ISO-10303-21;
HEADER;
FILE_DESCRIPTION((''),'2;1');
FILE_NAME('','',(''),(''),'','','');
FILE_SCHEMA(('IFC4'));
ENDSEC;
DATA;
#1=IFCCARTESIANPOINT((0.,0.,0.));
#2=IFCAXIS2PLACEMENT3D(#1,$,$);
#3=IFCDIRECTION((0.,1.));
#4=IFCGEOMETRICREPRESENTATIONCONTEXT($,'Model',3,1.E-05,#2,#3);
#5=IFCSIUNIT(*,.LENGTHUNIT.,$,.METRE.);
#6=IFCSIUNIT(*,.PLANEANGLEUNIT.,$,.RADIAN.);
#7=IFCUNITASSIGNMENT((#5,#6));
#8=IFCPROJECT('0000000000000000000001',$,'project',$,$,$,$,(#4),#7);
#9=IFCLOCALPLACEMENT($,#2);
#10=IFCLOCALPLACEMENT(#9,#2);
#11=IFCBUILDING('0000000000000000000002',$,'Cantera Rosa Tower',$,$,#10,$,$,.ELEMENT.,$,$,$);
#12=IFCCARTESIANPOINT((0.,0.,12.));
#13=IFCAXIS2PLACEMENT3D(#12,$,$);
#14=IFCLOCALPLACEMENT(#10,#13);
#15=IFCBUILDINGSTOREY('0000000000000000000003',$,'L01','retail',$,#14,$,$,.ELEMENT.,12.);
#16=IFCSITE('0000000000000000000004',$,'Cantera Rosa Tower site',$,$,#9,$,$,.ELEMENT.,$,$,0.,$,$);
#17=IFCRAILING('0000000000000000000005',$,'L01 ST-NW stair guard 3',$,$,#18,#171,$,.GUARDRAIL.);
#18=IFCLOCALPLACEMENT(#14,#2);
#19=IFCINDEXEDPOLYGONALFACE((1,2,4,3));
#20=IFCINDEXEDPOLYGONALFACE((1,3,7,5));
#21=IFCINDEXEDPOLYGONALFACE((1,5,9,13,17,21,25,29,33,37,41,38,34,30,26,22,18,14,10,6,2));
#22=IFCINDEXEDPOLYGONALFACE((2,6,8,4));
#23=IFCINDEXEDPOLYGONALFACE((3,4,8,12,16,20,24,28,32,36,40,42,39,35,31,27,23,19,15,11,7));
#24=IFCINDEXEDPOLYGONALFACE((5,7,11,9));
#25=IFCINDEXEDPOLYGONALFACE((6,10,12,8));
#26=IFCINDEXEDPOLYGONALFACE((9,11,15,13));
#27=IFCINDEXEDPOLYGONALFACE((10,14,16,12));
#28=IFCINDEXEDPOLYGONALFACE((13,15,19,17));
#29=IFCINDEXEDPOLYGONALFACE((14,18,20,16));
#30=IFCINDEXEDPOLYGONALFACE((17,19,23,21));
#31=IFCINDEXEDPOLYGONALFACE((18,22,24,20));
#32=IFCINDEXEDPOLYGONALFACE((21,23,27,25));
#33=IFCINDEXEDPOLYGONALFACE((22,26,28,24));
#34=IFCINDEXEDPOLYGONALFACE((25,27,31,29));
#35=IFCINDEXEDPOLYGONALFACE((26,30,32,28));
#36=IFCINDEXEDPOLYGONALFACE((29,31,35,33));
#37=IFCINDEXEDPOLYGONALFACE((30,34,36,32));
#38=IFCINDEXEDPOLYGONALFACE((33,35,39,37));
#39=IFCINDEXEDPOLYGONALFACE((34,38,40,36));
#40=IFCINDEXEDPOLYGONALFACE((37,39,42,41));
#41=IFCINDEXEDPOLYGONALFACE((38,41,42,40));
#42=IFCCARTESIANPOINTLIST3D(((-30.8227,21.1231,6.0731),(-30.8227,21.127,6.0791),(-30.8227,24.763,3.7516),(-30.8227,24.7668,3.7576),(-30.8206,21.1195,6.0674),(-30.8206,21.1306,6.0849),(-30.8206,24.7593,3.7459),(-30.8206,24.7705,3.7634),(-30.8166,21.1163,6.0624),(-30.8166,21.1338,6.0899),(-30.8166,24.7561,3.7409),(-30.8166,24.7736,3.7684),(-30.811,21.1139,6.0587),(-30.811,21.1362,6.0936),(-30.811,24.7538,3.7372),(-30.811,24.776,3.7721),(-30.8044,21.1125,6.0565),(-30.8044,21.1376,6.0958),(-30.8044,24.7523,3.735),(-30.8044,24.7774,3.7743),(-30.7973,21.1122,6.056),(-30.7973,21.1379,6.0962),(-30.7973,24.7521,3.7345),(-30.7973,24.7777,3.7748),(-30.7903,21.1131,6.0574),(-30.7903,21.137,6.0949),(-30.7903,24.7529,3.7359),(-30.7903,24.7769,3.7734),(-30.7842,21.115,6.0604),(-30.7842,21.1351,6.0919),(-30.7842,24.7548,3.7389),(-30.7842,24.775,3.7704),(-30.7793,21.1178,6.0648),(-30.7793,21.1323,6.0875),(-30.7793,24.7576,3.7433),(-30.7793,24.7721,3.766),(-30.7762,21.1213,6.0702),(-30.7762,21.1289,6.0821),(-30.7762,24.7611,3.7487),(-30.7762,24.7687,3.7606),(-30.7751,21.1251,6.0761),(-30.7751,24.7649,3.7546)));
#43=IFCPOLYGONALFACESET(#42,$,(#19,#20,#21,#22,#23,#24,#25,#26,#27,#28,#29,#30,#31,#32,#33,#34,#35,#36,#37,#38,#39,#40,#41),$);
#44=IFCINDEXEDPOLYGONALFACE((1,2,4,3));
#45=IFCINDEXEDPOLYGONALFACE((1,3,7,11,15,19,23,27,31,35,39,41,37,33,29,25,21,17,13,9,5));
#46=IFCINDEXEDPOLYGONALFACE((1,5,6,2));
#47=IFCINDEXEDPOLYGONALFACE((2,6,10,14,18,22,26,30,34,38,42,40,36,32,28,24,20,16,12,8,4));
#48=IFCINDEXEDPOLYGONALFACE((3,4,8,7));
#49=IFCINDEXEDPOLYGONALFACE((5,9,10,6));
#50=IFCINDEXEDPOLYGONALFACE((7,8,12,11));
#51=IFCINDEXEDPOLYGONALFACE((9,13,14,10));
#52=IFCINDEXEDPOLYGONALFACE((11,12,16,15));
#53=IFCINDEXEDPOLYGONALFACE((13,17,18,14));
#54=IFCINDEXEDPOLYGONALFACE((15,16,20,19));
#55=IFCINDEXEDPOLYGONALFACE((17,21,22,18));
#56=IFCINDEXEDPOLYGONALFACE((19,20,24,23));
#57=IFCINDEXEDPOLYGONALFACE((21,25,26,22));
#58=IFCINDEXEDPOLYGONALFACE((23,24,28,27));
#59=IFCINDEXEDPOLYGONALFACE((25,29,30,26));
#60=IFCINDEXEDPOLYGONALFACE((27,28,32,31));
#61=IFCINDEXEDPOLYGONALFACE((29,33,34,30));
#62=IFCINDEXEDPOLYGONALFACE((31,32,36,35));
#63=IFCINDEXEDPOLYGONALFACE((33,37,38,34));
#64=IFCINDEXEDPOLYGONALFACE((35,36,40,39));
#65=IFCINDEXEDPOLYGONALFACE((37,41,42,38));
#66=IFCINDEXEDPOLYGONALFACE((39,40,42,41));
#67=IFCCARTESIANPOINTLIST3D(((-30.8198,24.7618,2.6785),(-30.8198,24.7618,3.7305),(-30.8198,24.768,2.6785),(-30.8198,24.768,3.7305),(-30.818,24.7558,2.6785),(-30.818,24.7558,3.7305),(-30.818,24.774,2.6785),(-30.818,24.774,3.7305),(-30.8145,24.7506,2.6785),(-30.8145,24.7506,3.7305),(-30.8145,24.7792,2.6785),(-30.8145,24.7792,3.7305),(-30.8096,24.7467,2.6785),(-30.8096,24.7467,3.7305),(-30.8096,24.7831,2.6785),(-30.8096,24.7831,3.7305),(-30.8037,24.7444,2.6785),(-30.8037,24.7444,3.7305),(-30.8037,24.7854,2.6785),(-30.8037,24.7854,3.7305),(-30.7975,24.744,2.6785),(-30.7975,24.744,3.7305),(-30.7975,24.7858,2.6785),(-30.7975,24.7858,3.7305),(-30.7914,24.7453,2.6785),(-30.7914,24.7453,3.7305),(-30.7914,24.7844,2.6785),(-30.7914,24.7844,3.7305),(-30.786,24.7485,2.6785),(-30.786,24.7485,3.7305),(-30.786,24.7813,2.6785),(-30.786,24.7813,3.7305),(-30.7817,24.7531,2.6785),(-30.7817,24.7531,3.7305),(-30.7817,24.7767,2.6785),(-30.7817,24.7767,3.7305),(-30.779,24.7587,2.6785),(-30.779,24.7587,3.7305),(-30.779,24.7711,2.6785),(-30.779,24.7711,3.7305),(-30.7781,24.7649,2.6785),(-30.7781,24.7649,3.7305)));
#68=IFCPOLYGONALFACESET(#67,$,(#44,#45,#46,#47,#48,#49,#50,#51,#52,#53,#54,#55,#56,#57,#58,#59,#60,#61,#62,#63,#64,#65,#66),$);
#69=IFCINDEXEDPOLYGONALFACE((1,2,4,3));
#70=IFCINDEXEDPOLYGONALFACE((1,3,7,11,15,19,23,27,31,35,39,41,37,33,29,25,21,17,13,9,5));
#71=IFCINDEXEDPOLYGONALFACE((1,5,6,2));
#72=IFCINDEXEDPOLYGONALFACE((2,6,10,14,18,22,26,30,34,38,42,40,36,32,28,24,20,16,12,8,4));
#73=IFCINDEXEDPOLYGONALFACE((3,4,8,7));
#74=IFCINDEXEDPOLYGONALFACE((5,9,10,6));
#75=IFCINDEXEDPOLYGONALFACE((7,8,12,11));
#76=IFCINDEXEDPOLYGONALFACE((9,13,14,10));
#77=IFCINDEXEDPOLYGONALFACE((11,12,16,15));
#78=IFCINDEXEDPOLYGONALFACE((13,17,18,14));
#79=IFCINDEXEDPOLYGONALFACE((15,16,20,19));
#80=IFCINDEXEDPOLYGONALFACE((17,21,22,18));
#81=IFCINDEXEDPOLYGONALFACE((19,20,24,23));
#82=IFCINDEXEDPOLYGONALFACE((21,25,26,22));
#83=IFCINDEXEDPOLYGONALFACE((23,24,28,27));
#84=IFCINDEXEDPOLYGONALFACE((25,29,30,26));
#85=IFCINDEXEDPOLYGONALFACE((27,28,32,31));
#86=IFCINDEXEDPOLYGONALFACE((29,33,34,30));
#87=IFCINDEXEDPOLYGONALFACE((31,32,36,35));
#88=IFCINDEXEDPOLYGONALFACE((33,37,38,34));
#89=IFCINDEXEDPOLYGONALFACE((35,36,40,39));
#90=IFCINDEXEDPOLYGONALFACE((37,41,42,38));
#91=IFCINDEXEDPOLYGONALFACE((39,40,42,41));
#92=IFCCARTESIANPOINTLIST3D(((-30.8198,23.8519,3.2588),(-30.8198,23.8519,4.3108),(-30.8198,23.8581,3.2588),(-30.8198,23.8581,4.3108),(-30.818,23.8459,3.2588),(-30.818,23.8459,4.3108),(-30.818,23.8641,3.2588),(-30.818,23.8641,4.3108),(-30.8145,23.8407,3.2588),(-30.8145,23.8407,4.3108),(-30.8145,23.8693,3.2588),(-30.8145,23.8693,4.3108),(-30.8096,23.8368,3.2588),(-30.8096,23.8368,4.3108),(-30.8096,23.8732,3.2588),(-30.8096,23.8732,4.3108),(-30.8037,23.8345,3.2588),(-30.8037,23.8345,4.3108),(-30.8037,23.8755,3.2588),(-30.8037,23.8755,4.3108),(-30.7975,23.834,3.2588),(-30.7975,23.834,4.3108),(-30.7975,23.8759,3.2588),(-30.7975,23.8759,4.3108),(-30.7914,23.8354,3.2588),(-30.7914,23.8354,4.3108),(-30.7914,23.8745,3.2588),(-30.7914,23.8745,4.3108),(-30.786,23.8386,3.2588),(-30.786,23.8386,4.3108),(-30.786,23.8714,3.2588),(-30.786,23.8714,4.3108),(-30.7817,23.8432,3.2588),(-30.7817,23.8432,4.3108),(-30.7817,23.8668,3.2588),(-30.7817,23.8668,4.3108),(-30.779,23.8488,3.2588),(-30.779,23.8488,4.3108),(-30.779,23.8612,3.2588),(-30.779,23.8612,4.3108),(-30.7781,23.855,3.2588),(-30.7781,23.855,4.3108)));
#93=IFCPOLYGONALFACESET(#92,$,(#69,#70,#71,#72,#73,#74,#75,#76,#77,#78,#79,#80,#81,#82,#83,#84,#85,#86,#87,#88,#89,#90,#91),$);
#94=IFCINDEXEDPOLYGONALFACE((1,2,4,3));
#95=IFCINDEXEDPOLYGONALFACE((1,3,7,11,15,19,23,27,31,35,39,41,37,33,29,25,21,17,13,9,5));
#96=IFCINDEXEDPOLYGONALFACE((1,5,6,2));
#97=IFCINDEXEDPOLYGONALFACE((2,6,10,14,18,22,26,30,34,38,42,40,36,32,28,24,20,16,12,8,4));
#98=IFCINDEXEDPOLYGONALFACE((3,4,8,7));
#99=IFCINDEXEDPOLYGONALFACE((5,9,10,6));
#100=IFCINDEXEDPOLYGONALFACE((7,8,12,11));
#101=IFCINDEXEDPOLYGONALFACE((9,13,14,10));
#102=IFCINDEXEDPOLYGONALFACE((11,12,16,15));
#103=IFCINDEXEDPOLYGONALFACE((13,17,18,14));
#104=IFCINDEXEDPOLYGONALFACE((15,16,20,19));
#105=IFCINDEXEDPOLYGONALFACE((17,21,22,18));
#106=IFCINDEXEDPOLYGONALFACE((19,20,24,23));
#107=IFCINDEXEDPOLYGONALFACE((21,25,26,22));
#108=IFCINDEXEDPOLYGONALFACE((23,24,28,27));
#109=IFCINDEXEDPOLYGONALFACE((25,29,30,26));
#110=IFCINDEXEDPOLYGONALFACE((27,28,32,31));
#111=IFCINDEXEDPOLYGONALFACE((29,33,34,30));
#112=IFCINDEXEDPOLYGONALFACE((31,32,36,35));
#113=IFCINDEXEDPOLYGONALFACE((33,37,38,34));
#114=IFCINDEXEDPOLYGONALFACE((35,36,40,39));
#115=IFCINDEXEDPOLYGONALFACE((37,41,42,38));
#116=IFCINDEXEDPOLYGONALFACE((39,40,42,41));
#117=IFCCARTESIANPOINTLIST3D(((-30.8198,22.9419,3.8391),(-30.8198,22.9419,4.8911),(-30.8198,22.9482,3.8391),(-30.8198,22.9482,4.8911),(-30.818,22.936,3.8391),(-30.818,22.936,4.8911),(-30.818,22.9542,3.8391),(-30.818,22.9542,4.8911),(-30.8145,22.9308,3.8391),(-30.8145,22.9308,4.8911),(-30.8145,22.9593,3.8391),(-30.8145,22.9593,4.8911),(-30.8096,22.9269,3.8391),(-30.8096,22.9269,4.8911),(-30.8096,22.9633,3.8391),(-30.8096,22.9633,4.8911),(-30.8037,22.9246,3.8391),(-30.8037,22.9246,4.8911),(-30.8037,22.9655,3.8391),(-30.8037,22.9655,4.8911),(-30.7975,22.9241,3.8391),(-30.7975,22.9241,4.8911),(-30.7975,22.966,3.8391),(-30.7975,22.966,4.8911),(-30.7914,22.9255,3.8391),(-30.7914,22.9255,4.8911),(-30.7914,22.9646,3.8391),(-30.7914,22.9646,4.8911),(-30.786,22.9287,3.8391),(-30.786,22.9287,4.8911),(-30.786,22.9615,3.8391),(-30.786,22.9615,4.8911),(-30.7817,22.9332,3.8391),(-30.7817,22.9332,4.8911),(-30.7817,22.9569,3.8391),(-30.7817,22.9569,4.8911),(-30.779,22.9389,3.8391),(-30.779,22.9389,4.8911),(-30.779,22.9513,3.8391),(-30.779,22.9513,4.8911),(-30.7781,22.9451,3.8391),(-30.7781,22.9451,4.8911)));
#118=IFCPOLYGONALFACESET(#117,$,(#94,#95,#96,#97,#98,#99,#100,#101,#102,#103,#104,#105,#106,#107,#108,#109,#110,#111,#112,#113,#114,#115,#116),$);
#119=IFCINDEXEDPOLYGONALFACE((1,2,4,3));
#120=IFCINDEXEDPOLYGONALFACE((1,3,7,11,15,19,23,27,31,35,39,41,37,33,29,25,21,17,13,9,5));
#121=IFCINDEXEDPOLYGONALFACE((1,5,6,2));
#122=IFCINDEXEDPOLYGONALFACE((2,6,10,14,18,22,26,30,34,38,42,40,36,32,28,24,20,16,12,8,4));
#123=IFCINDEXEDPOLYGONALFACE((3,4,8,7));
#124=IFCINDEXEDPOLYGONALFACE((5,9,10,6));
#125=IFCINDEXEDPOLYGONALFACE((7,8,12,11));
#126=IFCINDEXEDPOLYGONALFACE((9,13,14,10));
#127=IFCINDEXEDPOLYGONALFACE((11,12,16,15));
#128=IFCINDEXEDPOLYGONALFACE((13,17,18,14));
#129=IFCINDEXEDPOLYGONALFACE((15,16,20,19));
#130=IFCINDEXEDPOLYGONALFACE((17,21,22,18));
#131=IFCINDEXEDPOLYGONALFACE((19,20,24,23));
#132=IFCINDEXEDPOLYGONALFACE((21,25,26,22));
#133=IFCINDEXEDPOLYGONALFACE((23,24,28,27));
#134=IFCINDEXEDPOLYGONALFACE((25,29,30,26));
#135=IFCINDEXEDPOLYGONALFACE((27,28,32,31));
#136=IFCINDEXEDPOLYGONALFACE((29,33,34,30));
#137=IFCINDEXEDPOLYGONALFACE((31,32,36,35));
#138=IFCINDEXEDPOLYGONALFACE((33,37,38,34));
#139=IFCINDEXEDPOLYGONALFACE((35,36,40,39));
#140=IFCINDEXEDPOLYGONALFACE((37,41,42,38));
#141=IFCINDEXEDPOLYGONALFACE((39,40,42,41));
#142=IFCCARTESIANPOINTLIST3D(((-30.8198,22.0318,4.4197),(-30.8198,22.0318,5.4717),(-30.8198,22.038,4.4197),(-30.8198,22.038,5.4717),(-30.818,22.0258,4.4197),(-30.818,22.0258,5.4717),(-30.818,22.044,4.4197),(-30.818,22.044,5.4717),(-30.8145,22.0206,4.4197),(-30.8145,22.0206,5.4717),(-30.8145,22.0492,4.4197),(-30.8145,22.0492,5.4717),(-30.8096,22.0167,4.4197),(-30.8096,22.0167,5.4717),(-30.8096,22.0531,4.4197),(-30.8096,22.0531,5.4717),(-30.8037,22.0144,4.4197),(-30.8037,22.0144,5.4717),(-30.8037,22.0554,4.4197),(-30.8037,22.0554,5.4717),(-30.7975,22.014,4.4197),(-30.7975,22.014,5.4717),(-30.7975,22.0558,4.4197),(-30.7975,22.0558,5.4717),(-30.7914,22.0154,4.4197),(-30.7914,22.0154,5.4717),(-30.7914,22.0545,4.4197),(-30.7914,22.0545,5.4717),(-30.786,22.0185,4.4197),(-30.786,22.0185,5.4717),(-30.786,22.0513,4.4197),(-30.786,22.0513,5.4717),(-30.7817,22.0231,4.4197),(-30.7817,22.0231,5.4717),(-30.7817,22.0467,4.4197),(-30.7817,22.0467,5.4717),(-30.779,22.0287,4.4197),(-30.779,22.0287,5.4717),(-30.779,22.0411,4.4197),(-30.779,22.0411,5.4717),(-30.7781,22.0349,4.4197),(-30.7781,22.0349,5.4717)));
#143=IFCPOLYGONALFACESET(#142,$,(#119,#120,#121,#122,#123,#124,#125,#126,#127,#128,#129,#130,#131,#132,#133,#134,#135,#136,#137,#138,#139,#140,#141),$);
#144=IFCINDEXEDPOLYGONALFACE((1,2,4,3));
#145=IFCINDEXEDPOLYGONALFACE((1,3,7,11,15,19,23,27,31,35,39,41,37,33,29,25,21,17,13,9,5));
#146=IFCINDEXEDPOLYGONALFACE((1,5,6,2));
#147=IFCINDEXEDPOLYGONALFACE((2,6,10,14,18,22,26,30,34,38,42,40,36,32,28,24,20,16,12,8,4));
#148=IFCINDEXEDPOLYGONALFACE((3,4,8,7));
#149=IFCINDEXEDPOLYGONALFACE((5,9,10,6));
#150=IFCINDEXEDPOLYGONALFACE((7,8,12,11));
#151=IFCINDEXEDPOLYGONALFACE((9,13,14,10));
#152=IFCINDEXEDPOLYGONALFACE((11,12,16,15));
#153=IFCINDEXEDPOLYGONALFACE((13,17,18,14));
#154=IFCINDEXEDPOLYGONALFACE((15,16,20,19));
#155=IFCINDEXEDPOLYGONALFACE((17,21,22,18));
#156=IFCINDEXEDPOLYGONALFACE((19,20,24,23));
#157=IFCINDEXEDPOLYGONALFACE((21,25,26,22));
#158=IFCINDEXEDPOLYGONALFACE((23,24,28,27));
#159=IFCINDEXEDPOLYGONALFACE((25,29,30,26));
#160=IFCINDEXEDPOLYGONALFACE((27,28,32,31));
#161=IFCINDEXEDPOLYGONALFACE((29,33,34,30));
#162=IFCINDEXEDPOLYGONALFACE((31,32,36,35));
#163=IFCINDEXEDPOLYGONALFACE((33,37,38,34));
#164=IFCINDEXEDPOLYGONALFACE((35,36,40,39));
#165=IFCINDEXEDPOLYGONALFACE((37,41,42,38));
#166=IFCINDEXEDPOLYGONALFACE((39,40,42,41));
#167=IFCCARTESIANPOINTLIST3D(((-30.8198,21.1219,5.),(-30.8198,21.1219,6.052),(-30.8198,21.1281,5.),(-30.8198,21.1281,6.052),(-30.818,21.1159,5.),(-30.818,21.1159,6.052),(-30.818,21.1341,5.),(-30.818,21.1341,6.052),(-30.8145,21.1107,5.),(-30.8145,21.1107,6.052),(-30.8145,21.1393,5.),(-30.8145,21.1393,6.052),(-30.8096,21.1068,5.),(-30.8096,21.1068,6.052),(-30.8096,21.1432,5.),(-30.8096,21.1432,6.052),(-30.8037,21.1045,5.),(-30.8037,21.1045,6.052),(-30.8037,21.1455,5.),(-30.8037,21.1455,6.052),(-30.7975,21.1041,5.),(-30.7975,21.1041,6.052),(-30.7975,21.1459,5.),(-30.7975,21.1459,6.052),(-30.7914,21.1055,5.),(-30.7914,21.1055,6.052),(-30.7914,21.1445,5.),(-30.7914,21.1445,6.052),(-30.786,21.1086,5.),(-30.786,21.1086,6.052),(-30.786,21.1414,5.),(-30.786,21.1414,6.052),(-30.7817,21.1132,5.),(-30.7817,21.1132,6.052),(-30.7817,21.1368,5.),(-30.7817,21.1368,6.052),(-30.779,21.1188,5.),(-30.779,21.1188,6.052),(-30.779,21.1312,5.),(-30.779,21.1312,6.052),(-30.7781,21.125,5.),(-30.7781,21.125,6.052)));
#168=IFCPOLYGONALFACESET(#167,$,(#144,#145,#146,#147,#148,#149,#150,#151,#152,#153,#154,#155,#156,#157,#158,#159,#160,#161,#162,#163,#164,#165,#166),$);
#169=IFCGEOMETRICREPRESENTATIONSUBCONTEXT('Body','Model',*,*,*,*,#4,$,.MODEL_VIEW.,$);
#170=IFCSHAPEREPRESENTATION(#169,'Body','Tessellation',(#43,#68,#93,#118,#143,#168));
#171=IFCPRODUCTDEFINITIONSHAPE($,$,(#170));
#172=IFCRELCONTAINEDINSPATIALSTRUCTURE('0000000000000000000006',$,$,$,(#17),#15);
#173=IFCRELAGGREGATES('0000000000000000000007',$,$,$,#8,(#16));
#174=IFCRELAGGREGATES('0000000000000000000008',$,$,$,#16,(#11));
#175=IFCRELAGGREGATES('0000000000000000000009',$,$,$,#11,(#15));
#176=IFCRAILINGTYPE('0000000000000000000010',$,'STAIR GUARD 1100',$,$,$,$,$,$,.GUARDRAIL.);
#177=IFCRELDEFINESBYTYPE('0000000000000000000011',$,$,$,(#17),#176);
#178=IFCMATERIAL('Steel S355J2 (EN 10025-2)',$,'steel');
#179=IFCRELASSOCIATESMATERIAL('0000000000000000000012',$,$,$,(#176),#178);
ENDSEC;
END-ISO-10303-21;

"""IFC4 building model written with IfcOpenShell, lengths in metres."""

from ifc_helpers import new_model, si_unit, direction, frame, origin, origin_2d, place, context, subcontext, project, spatial, circle, extrude, material, type_object, element, save


model = new_model("IFC4")

# Units and contexts
model_context = context("Model", 3, precision=1e-05, world=origin(), true_north=direction((0.0, 1.0)))
body_context = subcontext(model_context, "Body", "Model", "MODEL_VIEW")
ifc_project = project(units=[si_unit("LENGTHUNIT", "METRE"), si_unit("PLANEANGLEUNIT", "RADIAN")], contexts=[model_context])

# Site, building, storey
site_placement = place(None, origin())
site = spatial("IfcSite", under=ifc_project, at=site_placement, Name="Cantera Rosa Tower site", CompositionType="ELEMENT", RefElevation=0.0)
building_placement = place(site_placement, origin())
building = spatial("IfcBuilding", under=site, at=building_placement, Name="Cantera Rosa Tower", CompositionType="ELEMENT")
storey_placement = place(building_placement, frame((0.0, 0.0, 12.0)))
storey = spatial("IfcBuildingStorey", under=building, at=storey_placement, Name="L01", Description="retail", CompositionType="ELEMENT", Elevation=12.0)

# Railing
ifc_material_1 = material(Name="Steel S355J2 (EN 10025-2)", Category="steel")
railing_type_1 = type_object("IfcRailingType", Name="STAIR GUARD 1100", PredefinedType="GUARDRAIL", material=ifc_material_1)
railing_1_placement = place(storey_placement, frame((-30.7991, 24.7649, 2.6785)))
element("IfcRailing", 1, at=railing_1_placement, inside=storey, type_object=railing_type_1, Name="L01 ST-NW stair guard 3", PredefinedType="GUARDRAIL", context=body_context, shape_type="SweptSolid", body=[
    extrude(circle(Radius=0.0239, at=origin_2d()), frame((0.0, 0.0, 1.0762), z_axis=(0.0, -0.843112, 0.537739), x_axis=(1.0, 0.0, 0.0)), (0.0, 0.0, 1.0), 4.3171),
    extrude(circle(Radius=0.021, at=origin_2d()), origin(), (0.0, 0.0, 1.0), 1.052),
    extrude(circle(Radius=0.021, at=origin_2d()), frame((0.0, -0.9099, 0.5803)), (0.0, 0.0, 1.0), 1.052),
    extrude(circle(Radius=0.021, at=origin_2d()), frame((0.0, -1.8198, 1.1606)), (0.0, 0.0, 1.0), 1.052),
    extrude(circle(Radius=0.021, at=origin_2d()), frame((0.0, -2.73, 1.7412)), (0.0, 0.0, 1.0), 1.052),
    extrude(circle(Radius=0.021, at=origin_2d()), frame((0.0, -3.6399, 2.3215)), (0.0, 0.0, 1.0), 1.052),
])

save(model, "model.ifc")
